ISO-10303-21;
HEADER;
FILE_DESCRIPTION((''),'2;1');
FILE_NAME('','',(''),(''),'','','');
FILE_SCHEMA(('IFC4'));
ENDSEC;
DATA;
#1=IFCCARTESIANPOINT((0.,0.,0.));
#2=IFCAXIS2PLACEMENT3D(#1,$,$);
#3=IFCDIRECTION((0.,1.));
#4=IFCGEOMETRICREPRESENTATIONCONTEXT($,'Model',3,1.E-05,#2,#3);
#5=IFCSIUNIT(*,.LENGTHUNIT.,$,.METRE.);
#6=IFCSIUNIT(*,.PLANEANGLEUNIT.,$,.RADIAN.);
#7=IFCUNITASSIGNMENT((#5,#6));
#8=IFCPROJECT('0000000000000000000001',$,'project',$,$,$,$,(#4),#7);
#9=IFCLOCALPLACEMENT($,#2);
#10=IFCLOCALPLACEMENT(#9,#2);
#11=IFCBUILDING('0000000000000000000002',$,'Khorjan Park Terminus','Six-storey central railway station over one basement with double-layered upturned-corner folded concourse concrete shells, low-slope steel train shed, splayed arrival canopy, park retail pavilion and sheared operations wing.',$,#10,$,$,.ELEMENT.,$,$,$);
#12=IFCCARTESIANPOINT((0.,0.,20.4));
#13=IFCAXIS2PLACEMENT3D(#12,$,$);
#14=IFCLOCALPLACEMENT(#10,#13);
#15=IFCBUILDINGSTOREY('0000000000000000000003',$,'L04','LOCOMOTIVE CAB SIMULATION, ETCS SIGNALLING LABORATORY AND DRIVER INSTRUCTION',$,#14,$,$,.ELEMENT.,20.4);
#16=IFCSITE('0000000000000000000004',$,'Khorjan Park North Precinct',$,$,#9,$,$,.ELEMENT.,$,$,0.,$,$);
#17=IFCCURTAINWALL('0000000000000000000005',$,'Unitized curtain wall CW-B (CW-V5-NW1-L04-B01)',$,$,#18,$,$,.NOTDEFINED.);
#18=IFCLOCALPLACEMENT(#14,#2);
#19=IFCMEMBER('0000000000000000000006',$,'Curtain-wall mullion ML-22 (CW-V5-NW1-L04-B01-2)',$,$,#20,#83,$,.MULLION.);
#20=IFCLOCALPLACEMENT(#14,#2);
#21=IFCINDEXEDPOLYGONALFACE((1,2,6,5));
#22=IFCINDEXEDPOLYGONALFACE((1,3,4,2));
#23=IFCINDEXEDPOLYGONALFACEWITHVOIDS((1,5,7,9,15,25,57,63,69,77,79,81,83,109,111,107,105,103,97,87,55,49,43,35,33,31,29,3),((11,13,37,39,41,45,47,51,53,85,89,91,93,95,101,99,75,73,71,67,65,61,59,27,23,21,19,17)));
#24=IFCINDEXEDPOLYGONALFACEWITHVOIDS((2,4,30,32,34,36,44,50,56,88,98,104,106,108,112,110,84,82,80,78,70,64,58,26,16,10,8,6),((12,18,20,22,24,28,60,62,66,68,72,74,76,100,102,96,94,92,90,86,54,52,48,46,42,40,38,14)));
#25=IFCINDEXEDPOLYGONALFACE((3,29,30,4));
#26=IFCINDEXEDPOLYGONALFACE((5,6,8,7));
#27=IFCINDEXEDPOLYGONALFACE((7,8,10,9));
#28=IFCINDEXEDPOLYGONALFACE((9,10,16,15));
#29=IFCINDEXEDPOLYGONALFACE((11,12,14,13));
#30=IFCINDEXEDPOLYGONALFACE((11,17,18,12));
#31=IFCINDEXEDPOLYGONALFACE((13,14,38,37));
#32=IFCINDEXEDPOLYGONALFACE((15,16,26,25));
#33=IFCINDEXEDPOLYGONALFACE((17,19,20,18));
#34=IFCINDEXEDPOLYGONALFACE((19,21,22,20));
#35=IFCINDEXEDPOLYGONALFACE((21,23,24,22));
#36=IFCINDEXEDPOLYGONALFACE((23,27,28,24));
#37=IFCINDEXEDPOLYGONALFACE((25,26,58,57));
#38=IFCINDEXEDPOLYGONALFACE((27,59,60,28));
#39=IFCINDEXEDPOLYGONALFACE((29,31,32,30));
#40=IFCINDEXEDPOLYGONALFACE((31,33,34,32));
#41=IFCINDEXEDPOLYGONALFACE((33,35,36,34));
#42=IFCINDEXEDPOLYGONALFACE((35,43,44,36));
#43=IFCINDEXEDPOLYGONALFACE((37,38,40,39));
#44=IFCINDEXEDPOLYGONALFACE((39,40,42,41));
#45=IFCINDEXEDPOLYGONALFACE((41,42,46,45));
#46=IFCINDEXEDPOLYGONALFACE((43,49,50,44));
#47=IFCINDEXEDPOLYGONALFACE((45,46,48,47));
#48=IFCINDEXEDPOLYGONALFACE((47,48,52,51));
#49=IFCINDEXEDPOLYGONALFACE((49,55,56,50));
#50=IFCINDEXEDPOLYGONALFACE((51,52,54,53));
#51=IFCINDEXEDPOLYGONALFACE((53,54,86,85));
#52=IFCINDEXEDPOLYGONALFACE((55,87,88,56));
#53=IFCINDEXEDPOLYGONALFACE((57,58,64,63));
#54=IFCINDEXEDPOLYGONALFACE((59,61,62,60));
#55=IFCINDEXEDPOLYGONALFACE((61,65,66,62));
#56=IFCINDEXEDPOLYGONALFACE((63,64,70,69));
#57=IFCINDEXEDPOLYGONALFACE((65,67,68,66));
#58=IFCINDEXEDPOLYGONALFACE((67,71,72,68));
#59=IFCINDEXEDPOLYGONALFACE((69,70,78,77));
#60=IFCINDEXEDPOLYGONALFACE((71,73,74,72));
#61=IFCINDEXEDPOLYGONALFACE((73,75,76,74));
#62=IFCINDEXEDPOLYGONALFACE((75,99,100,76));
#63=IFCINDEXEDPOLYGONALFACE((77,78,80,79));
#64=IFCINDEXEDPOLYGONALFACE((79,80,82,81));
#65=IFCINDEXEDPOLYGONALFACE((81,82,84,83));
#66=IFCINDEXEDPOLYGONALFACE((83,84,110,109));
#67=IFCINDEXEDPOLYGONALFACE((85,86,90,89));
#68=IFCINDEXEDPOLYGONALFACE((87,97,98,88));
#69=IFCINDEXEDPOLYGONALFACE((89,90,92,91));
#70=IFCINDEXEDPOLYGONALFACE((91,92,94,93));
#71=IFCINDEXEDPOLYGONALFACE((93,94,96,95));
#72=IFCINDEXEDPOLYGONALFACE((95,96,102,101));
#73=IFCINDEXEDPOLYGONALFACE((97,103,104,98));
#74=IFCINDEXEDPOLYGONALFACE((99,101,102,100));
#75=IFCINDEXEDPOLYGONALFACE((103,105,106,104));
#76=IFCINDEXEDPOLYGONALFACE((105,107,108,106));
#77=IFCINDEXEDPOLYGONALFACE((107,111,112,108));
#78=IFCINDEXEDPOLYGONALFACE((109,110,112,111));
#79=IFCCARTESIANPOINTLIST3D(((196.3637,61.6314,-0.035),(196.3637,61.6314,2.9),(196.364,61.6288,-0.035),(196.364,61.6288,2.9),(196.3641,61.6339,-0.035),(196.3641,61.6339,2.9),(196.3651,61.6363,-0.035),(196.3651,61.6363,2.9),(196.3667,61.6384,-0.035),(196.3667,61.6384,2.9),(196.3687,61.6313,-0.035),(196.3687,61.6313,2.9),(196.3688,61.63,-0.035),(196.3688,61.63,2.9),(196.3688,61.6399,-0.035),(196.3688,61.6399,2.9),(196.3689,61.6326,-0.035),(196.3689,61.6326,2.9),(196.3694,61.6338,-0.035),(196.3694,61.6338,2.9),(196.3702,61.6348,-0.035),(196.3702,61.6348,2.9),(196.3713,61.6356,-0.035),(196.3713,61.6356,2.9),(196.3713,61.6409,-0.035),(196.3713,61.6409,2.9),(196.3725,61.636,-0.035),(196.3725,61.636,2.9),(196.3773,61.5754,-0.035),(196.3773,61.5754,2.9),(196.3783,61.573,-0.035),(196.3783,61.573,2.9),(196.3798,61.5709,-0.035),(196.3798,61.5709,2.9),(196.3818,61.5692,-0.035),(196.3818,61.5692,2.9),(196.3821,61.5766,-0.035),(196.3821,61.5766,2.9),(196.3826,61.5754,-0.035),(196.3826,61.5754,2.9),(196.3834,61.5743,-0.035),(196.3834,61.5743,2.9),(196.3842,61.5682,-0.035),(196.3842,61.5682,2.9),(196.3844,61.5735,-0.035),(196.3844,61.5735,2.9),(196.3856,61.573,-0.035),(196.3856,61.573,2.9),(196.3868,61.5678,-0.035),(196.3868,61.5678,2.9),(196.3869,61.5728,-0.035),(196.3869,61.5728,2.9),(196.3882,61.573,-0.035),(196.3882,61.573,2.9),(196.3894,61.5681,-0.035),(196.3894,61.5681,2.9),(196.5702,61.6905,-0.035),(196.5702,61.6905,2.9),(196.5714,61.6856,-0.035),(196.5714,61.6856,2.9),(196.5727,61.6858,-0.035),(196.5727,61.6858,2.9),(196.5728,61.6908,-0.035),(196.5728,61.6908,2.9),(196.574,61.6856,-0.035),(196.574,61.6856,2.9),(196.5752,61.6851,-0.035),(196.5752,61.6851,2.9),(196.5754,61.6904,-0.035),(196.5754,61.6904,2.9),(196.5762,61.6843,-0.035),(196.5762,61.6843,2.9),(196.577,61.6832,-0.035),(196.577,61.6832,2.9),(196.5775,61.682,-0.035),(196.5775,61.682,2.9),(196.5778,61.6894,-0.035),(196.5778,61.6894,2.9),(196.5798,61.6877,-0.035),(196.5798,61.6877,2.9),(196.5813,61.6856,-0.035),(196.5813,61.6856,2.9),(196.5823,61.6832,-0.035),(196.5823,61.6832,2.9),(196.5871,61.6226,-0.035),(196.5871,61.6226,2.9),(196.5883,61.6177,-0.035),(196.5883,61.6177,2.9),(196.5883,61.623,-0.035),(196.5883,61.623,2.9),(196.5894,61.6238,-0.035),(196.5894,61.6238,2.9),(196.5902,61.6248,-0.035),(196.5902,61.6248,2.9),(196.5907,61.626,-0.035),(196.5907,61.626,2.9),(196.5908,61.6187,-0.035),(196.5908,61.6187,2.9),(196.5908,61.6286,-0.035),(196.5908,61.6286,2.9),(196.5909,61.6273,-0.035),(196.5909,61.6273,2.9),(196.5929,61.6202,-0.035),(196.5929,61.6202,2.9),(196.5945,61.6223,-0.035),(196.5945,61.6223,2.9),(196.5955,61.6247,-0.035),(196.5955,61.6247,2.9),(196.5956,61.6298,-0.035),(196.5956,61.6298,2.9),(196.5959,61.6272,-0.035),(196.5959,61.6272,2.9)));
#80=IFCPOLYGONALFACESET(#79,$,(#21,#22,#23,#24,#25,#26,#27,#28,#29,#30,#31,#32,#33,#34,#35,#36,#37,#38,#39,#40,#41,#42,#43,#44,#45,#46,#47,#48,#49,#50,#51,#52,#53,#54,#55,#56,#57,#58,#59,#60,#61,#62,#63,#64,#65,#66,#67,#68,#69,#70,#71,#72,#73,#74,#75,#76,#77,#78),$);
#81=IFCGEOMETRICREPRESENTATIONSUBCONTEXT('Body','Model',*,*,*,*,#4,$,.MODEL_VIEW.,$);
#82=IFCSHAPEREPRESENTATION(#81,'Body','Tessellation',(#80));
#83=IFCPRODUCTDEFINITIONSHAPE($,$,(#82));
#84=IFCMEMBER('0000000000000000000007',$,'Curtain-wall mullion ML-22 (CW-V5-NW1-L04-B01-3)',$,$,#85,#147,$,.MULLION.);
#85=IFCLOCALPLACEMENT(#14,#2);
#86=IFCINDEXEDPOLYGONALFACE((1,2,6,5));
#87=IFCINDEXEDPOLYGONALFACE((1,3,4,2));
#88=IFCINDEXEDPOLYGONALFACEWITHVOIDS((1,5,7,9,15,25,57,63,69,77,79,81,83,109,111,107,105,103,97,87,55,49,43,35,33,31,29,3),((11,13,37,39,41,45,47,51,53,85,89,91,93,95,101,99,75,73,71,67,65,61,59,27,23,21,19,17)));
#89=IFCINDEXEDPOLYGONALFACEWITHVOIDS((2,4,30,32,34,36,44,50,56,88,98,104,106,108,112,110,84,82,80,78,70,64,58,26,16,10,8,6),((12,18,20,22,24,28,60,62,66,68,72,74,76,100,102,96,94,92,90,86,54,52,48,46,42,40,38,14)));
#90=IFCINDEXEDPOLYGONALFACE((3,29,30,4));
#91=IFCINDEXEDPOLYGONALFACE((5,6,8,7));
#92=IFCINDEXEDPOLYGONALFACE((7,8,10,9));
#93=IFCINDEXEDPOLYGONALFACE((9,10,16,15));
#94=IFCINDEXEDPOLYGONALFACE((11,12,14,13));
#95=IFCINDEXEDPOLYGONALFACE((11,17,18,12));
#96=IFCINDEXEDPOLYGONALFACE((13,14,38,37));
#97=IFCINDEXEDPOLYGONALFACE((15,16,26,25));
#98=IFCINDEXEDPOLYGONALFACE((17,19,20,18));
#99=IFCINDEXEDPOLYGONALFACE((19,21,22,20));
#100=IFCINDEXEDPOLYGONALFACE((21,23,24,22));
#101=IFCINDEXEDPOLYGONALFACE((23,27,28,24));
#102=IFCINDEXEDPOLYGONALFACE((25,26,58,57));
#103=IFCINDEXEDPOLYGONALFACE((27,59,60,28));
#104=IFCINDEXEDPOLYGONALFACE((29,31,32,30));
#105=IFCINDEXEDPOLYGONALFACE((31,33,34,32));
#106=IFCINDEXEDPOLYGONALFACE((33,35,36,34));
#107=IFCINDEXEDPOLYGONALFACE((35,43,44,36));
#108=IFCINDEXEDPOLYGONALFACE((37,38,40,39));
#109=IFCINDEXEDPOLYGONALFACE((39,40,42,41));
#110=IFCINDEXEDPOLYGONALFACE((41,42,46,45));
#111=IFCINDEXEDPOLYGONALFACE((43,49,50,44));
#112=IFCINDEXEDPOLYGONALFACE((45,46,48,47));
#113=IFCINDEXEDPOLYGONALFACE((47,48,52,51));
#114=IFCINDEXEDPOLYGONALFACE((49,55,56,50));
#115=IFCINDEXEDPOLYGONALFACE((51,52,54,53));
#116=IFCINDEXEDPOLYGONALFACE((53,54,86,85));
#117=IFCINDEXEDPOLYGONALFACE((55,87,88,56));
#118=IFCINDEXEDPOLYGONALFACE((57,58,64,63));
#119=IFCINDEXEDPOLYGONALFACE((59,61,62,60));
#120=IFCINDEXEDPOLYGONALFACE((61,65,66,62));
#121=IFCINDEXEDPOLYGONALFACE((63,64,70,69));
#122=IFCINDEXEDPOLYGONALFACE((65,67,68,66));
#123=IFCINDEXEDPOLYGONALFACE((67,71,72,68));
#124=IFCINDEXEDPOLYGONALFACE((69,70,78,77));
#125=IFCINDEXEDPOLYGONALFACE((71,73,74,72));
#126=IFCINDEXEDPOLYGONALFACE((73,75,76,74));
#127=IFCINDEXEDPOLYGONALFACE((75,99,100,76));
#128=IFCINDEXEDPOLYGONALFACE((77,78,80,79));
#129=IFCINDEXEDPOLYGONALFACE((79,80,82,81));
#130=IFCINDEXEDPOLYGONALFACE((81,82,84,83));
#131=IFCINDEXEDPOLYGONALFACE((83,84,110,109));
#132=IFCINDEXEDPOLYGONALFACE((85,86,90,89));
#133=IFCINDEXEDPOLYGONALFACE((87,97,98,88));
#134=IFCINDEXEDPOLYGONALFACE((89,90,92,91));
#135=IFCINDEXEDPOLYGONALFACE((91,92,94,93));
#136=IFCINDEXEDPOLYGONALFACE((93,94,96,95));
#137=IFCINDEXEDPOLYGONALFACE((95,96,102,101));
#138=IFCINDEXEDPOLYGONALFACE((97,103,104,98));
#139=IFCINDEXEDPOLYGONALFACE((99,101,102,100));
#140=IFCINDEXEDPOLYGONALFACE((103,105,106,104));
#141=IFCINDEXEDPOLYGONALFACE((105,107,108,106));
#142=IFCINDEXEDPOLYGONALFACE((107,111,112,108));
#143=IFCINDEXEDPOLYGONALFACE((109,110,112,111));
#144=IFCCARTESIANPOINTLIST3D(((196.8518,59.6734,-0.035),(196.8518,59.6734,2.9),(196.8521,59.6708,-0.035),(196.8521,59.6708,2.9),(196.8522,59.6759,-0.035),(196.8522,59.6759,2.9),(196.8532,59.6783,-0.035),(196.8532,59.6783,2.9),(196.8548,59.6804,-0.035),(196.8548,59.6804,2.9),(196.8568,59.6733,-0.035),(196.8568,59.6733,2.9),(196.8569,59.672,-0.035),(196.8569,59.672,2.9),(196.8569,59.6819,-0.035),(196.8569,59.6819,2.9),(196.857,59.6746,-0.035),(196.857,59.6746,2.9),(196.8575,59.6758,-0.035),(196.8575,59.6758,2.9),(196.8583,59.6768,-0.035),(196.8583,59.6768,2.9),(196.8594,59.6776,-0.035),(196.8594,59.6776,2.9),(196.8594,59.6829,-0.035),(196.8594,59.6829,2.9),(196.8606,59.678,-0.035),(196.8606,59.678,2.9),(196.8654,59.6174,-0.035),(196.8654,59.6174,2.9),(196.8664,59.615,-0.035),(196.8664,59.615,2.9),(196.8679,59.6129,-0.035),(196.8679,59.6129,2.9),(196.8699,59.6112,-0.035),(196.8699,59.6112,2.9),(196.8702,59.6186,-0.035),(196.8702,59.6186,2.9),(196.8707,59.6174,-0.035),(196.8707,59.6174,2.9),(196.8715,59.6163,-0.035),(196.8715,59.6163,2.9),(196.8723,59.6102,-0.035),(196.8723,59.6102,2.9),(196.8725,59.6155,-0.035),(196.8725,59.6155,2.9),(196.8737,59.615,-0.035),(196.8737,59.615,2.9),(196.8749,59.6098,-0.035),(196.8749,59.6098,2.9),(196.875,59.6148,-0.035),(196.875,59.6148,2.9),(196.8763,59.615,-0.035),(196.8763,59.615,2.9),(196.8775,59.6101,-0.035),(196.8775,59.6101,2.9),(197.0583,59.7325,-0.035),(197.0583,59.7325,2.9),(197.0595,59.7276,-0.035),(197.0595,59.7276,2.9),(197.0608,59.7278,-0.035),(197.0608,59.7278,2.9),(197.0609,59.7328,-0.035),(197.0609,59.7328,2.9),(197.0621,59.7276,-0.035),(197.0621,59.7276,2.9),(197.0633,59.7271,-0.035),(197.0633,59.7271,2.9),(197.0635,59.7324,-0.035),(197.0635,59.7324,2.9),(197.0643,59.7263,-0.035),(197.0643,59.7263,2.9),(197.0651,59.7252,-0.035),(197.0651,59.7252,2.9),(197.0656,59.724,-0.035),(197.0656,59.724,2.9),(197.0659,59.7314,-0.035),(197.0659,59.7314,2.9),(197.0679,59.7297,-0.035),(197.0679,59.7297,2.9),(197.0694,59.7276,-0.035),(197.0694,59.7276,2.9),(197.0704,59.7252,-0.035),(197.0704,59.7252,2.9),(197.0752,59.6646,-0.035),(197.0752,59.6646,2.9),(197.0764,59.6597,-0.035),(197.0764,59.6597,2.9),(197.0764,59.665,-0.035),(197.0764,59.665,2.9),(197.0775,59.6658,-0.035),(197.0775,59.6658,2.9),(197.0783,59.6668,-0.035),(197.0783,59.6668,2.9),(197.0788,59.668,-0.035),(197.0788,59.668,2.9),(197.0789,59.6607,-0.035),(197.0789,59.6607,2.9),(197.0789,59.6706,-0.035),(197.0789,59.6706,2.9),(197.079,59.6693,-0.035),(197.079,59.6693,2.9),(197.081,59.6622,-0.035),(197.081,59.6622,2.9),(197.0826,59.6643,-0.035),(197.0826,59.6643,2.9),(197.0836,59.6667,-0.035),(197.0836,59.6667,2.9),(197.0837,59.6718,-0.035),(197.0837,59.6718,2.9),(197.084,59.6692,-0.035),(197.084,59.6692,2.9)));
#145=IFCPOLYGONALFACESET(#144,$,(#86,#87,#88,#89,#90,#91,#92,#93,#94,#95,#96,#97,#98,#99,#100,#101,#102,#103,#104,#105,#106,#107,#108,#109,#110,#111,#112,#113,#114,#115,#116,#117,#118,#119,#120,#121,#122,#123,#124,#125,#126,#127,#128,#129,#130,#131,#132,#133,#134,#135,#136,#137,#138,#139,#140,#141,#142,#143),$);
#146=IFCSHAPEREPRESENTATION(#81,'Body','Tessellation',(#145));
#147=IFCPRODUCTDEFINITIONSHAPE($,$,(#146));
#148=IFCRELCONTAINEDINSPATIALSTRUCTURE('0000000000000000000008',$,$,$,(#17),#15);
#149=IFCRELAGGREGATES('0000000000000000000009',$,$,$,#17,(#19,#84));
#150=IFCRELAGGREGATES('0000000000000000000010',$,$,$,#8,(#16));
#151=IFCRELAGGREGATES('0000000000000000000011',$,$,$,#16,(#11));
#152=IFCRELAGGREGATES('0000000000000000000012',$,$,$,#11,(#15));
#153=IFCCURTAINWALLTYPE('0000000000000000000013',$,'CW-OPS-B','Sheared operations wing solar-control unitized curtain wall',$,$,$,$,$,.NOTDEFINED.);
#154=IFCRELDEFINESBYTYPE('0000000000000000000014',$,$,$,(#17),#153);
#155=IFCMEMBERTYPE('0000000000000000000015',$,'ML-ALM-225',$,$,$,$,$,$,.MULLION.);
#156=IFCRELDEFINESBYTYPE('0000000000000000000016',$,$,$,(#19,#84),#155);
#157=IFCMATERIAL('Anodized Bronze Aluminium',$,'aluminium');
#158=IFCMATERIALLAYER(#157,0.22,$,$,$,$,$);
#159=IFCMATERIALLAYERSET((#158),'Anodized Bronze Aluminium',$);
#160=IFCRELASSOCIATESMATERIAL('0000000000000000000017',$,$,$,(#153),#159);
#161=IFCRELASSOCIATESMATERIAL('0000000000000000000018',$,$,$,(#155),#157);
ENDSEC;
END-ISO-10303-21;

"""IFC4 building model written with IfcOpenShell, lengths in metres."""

from ifc_helpers import new_model, si_unit, direction, frame, origin, origin_2d, place, context, subcontext, project, spatial, hollow_rectangle, extrude, material, layer, layer_set, material_profile, profile_set, type_object, element, aggregate, save


model = new_model("IFC4")

# Units and contexts
model_context = context("Model", 3, precision=1e-05, world=origin(), true_north=direction((0.0, 1.0)))
body_context = subcontext(model_context, "Body", "Model", "MODEL_VIEW")
ifc_project = project(units=[si_unit("LENGTHUNIT", "METRE"), si_unit("PLANEANGLEUNIT", "RADIAN")], contexts=[model_context])

# Site, building, storey
site_placement = place(None, origin())
site = spatial("IfcSite", under=ifc_project, at=site_placement, Name="Khorjan Park North Precinct", CompositionType="ELEMENT", RefElevation=0.0)
building_placement = place(site_placement, origin())
building = spatial("IfcBuilding", under=site, at=building_placement, Name="Khorjan Park Terminus", Description="Six-storey central railway station over one basement with double-layered upturned-corner folded concourse concrete shells, low-slope steel train shed, splayed arrival canopy, park retail pavilion and sheared operations wing.", CompositionType="ELEMENT")
storey_placement = place(building_placement, frame((0.0, 0.0, 20.4)))
storey = spatial("IfcBuildingStorey", under=building, at=storey_placement, Name="L04", Description="LOCOMOTIVE CAB SIMULATION, ETCS SIGNALLING LABORATORY AND DRIVER INSTRUCTION", CompositionType="ELEMENT", Elevation=20.4)

# Curtain wall, members
ifc_material_1 = material(Name="Anodized Bronze Aluminium", Category="aluminium")
ifc_layer_1 = layer(ifc_material_1, 0.22)
ifc_layer_set_1 = layer_set([ifc_layer_1], Name="Anodized Bronze Aluminium")
curtain_wall_type = type_object("IfcCurtainWallType", Name="CW-OPS-B", Description="Sheared operations wing solar-control unitized curtain wall", PredefinedType="NOTDEFINED", material=ifc_layer_set_1)
curtain_wall_placement = place(storey_placement, origin())
curtain_wall = element("IfcCurtainWall", 1, at=curtain_wall_placement, inside=storey, type_object=curtain_wall_type, Name="Unitized curtain wall CW-B (CW-V5-NW1-L04-B01)", PredefinedType="NOTDEFINED")
ifc_material_profile_1 = material_profile(ifc_material_1, hollow_rectangle(XDim=0.075, YDim=0.225, WallThickness=0.005, InnerFilletRadius=0.005, OuterFilletRadius=0.01, at=origin_2d()), Name="ALM 75x225x5")
ifc_profile_set_1 = profile_set([ifc_material_profile_1], Name="Anodized Bronze Aluminium")
member_type_1 = type_object("IfcMemberType", Name="ML-ALM-225", PredefinedType="MULLION", material=ifc_profile_set_1)
member_1_placement = place(storey_placement, frame((196.4798, 61.6293, -0.035), z_axis=(0.0, 0.0, 1.0), x_axis=(0.24192, -0.970296, 0.0)))
member_1 = element("IfcMember", 2, at=member_1_placement, type_object=member_type_1, Name="Curtain-wall mullion ML-22 (CW-V5-NW1-L04-B01-2)", PredefinedType="MULLION", context=body_context, shape_type="SweptSolid", body=[
    extrude(hollow_rectangle(XDim=0.075, YDim=0.225, WallThickness=0.005, InnerFilletRadius=0.005, OuterFilletRadius=0.01, at=origin_2d()), origin(), (0.0, 0.0, 1.0), 2.935),
])
member_2_placement = place(storey_placement, frame((196.9679, 59.6713, -0.035), z_axis=(0.0, 0.0, 1.0), x_axis=(0.24192, -0.970296, 0.0)))
member_2 = element("IfcMember", 3, at=member_2_placement, type_object=member_type_1, Name="Curtain-wall mullion ML-22 (CW-V5-NW1-L04-B01-3)", PredefinedType="MULLION", context=body_context, shape_type="SweptSolid", body=[
    extrude(hollow_rectangle(XDim=0.075, YDim=0.225, WallThickness=0.005, InnerFilletRadius=0.005, OuterFilletRadius=0.01, at=origin_2d()), origin(), (0.0, 0.0, 1.0), 2.935),
])
aggregate(curtain_wall, [member_1, member_2])

save(model, "model.ifc")
